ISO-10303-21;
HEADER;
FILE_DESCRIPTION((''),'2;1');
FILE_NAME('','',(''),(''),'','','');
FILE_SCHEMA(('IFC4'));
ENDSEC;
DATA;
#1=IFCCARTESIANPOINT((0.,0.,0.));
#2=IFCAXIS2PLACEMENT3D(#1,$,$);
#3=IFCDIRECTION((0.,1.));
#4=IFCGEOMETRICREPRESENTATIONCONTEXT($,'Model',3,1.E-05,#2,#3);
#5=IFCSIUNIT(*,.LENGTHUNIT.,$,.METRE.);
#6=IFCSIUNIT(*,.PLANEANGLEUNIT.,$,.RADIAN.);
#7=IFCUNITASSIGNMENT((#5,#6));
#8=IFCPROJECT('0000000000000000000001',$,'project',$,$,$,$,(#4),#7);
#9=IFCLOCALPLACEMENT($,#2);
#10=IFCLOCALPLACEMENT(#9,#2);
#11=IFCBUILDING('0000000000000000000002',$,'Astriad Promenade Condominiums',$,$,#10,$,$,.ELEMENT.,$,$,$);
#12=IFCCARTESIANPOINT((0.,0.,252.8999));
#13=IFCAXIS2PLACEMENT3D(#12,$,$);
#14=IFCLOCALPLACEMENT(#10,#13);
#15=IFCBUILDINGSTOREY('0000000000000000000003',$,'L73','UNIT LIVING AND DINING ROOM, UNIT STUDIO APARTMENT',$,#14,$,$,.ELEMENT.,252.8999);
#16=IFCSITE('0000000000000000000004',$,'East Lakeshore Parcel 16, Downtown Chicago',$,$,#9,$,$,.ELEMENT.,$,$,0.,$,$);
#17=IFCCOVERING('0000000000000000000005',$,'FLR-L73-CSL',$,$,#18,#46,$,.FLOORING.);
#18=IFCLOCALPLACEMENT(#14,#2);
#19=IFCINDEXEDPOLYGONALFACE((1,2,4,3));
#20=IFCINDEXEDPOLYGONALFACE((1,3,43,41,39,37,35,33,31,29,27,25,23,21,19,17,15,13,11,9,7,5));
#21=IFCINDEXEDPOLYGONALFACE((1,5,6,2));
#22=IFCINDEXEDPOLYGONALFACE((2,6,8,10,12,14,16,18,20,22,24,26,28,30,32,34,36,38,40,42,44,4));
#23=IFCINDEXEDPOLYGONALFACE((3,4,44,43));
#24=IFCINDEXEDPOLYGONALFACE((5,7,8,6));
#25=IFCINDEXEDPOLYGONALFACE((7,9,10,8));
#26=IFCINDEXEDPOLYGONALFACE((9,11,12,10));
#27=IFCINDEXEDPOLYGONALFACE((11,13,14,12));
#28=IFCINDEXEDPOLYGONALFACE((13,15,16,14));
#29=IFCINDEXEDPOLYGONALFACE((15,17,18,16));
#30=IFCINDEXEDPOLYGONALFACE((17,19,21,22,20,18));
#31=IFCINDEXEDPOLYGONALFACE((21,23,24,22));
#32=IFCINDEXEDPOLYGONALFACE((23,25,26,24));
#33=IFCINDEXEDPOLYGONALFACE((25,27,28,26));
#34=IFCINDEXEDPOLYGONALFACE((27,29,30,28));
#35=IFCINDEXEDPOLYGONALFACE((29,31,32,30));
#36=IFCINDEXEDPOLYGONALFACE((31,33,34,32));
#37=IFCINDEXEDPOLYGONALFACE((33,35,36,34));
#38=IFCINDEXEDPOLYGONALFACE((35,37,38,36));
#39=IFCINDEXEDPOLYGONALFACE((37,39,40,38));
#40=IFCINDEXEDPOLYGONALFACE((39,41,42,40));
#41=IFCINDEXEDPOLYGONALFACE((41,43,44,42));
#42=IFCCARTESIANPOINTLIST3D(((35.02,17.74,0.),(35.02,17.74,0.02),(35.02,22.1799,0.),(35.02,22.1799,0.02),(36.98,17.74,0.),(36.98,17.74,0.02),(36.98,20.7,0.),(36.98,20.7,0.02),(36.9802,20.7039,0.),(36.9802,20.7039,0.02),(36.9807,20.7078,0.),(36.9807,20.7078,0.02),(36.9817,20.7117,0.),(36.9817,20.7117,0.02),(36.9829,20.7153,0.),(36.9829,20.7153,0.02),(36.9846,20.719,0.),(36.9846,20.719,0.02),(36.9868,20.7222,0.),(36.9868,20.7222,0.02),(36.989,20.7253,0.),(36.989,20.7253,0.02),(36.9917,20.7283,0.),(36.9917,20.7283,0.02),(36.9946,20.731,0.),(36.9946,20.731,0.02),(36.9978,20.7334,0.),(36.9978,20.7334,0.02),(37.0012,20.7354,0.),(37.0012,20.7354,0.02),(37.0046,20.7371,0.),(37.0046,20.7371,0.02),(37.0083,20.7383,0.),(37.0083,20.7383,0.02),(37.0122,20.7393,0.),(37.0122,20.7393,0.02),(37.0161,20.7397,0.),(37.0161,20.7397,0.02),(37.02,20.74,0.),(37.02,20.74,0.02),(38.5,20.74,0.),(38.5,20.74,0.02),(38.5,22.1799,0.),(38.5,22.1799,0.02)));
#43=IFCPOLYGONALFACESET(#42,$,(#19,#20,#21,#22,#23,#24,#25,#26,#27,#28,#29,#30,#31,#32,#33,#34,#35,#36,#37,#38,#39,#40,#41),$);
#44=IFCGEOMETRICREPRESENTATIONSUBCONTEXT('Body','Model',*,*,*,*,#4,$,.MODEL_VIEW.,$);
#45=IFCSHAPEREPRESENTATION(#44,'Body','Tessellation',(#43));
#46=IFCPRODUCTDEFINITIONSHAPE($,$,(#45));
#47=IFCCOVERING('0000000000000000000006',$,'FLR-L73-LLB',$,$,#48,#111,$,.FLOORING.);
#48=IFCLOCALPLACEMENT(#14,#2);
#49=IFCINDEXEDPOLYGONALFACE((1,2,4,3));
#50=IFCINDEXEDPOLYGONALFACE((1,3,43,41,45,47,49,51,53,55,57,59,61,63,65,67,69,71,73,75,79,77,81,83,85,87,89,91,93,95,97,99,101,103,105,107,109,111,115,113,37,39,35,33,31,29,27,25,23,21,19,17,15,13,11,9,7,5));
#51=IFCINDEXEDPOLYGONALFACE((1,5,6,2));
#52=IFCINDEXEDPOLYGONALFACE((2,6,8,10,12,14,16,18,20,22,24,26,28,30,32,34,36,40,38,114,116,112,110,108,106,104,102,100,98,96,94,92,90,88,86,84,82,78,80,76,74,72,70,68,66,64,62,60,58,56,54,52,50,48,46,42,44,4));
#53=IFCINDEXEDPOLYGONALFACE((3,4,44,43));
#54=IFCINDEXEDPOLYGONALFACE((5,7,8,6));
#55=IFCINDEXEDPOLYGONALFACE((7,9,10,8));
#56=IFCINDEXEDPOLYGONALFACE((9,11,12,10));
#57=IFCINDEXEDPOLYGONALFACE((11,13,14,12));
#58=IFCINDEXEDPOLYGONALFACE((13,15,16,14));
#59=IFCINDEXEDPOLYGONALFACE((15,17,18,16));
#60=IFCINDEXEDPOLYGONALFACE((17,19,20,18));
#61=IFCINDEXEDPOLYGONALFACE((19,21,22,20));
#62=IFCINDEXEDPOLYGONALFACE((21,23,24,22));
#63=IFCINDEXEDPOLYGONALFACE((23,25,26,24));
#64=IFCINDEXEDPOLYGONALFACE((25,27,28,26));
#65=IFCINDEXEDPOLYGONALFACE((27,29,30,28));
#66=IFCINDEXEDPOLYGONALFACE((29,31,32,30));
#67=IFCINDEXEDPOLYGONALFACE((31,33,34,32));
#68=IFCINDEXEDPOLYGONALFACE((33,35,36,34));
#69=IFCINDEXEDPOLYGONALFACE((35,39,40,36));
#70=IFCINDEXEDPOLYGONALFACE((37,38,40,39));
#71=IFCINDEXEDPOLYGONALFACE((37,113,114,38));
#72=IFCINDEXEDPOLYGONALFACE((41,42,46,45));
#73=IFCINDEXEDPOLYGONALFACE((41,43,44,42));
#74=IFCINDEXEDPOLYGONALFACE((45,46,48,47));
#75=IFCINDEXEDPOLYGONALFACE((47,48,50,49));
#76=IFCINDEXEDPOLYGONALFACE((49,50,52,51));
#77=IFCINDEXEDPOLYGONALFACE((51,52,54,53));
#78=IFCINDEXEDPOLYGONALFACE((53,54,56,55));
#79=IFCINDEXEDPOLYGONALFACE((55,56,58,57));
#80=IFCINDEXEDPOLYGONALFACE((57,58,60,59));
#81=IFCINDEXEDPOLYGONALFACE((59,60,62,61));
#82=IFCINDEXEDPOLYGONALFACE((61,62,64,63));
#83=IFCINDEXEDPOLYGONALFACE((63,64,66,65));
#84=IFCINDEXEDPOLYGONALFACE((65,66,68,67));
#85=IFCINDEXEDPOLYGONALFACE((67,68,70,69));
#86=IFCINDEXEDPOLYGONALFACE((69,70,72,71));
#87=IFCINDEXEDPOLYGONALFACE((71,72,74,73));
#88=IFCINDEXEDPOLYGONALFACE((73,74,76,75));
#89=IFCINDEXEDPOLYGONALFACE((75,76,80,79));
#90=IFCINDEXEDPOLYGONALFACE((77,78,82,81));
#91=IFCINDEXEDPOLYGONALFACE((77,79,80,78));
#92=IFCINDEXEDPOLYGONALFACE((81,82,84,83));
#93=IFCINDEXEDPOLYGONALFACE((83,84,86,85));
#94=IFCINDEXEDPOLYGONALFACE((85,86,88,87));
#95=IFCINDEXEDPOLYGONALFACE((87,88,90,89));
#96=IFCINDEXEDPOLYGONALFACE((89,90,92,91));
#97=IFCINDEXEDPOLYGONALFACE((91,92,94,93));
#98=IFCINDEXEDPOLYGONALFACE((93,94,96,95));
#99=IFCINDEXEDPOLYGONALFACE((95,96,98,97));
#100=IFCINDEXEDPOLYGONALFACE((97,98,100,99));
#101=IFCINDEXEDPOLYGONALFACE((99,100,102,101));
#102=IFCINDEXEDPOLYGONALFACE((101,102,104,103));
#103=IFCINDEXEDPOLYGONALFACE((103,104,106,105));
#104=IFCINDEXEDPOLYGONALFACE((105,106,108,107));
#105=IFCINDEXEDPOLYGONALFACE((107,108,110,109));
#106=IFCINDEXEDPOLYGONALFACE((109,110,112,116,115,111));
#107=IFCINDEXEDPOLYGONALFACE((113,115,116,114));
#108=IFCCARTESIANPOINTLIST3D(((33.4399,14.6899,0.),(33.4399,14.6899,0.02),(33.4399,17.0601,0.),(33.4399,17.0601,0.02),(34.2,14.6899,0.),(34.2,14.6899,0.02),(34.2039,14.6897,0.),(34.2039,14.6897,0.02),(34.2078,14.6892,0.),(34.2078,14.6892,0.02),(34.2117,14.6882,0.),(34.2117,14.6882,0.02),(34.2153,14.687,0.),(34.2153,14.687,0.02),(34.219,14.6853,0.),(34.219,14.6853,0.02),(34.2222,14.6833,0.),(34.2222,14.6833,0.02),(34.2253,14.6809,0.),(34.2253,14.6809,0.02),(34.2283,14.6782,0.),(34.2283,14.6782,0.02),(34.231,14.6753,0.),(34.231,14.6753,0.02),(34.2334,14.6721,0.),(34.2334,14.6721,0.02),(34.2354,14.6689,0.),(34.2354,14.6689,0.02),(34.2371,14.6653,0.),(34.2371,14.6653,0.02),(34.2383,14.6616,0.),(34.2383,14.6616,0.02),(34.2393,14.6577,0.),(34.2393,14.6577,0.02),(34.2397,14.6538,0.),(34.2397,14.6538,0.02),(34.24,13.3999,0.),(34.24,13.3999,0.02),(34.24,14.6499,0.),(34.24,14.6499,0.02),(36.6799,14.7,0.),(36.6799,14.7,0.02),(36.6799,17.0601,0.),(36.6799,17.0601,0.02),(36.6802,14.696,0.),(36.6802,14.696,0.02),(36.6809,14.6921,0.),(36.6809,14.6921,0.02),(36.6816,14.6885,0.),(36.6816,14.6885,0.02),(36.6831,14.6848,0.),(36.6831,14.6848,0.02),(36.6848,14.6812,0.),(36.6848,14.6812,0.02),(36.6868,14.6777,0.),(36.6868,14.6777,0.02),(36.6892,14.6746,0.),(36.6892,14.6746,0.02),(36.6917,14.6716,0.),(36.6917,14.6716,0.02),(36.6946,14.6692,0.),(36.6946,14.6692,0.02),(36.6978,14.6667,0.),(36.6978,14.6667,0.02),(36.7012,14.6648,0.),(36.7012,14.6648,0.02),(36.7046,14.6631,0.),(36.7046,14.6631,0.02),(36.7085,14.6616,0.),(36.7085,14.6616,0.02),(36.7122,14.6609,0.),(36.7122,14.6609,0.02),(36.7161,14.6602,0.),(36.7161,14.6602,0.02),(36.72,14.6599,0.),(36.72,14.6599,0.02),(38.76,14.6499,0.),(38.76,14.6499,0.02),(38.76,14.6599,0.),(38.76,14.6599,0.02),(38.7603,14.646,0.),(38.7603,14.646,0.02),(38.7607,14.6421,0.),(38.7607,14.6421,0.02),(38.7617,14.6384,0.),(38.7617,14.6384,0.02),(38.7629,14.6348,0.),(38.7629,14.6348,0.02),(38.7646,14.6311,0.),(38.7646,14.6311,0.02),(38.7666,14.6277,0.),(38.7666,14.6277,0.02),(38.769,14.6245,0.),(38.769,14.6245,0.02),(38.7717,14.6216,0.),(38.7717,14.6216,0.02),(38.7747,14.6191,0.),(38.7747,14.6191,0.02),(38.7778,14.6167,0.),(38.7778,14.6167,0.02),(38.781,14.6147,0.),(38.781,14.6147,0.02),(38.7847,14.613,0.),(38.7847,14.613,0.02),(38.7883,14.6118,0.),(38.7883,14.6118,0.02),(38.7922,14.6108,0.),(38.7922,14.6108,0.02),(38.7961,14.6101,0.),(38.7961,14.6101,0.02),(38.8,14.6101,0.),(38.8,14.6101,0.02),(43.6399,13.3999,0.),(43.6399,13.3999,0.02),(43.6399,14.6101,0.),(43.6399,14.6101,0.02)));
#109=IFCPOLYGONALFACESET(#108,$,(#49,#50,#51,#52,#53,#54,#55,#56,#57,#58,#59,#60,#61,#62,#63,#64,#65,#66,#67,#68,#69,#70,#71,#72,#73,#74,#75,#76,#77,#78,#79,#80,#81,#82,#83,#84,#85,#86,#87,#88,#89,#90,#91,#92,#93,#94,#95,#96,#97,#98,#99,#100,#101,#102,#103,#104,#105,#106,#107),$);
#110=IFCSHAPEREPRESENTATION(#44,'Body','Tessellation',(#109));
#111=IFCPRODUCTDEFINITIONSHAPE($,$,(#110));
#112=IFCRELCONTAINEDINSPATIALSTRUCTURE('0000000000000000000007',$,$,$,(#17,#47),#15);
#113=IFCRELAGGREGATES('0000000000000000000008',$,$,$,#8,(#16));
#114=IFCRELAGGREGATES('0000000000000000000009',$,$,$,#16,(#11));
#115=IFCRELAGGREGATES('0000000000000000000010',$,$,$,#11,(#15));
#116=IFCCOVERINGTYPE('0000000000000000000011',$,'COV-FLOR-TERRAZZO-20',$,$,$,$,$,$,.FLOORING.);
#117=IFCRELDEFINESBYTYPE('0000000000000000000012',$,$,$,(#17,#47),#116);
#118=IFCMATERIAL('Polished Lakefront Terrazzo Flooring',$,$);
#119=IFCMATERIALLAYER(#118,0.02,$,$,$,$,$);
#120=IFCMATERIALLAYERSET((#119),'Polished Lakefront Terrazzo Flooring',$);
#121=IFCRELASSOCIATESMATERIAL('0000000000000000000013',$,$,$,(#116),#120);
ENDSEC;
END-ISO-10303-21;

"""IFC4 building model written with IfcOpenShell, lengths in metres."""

from ifc_helpers import new_model, si_unit, direction, frame, origin, place, context, subcontext, project, spatial, polyline, outline, extrude, material, layer, layer_set, type_object, element, save


model = new_model("IFC4")

# Units and contexts
model_context = context("Model", 3, precision=1e-05, world=origin(), true_north=direction((0.0, 1.0)))
body_context = subcontext(model_context, "Body", "Model", "MODEL_VIEW")
ifc_project = project(units=[si_unit("LENGTHUNIT", "METRE"), si_unit("PLANEANGLEUNIT", "RADIAN")], contexts=[model_context])

# Site, building, storey
site_placement = place(None, origin())
site = spatial("IfcSite", under=ifc_project, at=site_placement, Name="East Lakeshore Parcel 16, Downtown Chicago", CompositionType="ELEMENT", RefElevation=0.0)
building_placement = place(site_placement, origin())
building = spatial("IfcBuilding", under=site, at=building_placement, Name="Astriad Promenade Condominiums", CompositionType="ELEMENT")
storey_placement = place(building_placement, frame((0.0, 0.0, 252.8999)))
storey = spatial("IfcBuildingStorey", under=building, at=storey_placement, Name="L73", Description="UNIT LIVING AND DINING ROOM, UNIT STUDIO APARTMENT", CompositionType="ELEMENT", Elevation=252.8999)

# Coverings
ifc_material_1 = material(Name="Polished Lakefront Terrazzo Flooring")
ifc_layer_1 = layer(ifc_material_1, 0.02)
ifc_layer_set_1 = layer_set([ifc_layer_1], Name="Polished Lakefront Terrazzo Flooring")
covering_type = type_object("IfcCoveringType", Name="COV-FLOR-TERRAZZO-20", PredefinedType="FLOORING", material=ifc_layer_set_1)
covering_1_placement = place(storey_placement, origin())
element("IfcCovering", 1, at=covering_1_placement, inside=storey, type_object=covering_type, Name="FLR-L73-CSL", PredefinedType="FLOORING", context=body_context, shape_type="SweptSolid", body=[
    extrude(outline(polyline([(36.98, 20.7), (36.98, 17.74), (35.02, 17.74), (35.02, 22.1799), (38.5, 22.1799), (38.5, 20.74), (37.02, 20.74), (37.0161, 20.7397), (37.0122, 20.7393), (37.0083, 20.7383), (37.0046, 20.7371), (37.0012, 20.7354), (36.9978, 20.7334), (36.9946, 20.731), (36.9917, 20.7283), (36.989, 20.7253), (36.9868, 20.7222), (36.9846, 20.719), (36.9829, 20.7153), (36.9817, 20.7117), (36.9807, 20.7078), (36.9802, 20.7039), (36.98, 20.7)])), origin(), (0.0, 0.0, 1.0), 0.02),
])
covering_2_placement = place(storey_placement, origin())
element("IfcCovering", 2, at=covering_2_placement, inside=storey, type_object=covering_type, Name="FLR-L73-LLB", PredefinedType="FLOORING", context=body_context, shape_type="SweptSolid", body=[
    extrude(outline(polyline([(43.6399, 14.6101), (43.6399, 13.3999), (34.24, 13.3999), (34.24, 14.6499), (34.2397, 14.6538), (34.2393, 14.6577), (34.2383, 14.6616), (34.2371, 14.6653), (34.2354, 14.6689), (34.2334, 14.6721), (34.231, 14.6753), (34.2283, 14.6782), (34.2253, 14.6809), (34.2222, 14.6833), (34.219, 14.6853), (34.2153, 14.687), (34.2117, 14.6882), (34.2078, 14.6892), (34.2039, 14.6897), (34.2, 14.6899), (33.4399, 14.6899), (33.4399, 17.0601), (36.6799, 17.0601), (36.6799, 14.7), (36.6802, 14.696), (36.6809, 14.6921), (36.6816, 14.6885), (36.6831, 14.6848), (36.6848, 14.6812), (36.6868, 14.6777), (36.6892, 14.6746), (36.6917, 14.6716), (36.6946, 14.6692), (36.6978, 14.6667), (36.7012, 14.6648), (36.7046, 14.6631), (36.7085, 14.6616), (36.7122, 14.6609), (36.7161, 14.6602), (36.72, 14.6599), (38.76, 14.6599), (38.76, 14.6499), (38.7603, 14.646), (38.7607, 14.6421), (38.7617, 14.6384), (38.7629, 14.6348), (38.7646, 14.6311), (38.7666, 14.6277), (38.769, 14.6245), (38.7717, 14.6216), (38.7747, 14.6191), (38.7778, 14.6167), (38.781, 14.6147), (38.7847, 14.613), (38.7883, 14.6118), (38.7922, 14.6108), (38.7961, 14.6101), (38.8, 14.6101), (43.6399, 14.6101)])), origin(), (0.0, 0.0, 1.0), 0.02),
])

save(model, "model.ifc")
